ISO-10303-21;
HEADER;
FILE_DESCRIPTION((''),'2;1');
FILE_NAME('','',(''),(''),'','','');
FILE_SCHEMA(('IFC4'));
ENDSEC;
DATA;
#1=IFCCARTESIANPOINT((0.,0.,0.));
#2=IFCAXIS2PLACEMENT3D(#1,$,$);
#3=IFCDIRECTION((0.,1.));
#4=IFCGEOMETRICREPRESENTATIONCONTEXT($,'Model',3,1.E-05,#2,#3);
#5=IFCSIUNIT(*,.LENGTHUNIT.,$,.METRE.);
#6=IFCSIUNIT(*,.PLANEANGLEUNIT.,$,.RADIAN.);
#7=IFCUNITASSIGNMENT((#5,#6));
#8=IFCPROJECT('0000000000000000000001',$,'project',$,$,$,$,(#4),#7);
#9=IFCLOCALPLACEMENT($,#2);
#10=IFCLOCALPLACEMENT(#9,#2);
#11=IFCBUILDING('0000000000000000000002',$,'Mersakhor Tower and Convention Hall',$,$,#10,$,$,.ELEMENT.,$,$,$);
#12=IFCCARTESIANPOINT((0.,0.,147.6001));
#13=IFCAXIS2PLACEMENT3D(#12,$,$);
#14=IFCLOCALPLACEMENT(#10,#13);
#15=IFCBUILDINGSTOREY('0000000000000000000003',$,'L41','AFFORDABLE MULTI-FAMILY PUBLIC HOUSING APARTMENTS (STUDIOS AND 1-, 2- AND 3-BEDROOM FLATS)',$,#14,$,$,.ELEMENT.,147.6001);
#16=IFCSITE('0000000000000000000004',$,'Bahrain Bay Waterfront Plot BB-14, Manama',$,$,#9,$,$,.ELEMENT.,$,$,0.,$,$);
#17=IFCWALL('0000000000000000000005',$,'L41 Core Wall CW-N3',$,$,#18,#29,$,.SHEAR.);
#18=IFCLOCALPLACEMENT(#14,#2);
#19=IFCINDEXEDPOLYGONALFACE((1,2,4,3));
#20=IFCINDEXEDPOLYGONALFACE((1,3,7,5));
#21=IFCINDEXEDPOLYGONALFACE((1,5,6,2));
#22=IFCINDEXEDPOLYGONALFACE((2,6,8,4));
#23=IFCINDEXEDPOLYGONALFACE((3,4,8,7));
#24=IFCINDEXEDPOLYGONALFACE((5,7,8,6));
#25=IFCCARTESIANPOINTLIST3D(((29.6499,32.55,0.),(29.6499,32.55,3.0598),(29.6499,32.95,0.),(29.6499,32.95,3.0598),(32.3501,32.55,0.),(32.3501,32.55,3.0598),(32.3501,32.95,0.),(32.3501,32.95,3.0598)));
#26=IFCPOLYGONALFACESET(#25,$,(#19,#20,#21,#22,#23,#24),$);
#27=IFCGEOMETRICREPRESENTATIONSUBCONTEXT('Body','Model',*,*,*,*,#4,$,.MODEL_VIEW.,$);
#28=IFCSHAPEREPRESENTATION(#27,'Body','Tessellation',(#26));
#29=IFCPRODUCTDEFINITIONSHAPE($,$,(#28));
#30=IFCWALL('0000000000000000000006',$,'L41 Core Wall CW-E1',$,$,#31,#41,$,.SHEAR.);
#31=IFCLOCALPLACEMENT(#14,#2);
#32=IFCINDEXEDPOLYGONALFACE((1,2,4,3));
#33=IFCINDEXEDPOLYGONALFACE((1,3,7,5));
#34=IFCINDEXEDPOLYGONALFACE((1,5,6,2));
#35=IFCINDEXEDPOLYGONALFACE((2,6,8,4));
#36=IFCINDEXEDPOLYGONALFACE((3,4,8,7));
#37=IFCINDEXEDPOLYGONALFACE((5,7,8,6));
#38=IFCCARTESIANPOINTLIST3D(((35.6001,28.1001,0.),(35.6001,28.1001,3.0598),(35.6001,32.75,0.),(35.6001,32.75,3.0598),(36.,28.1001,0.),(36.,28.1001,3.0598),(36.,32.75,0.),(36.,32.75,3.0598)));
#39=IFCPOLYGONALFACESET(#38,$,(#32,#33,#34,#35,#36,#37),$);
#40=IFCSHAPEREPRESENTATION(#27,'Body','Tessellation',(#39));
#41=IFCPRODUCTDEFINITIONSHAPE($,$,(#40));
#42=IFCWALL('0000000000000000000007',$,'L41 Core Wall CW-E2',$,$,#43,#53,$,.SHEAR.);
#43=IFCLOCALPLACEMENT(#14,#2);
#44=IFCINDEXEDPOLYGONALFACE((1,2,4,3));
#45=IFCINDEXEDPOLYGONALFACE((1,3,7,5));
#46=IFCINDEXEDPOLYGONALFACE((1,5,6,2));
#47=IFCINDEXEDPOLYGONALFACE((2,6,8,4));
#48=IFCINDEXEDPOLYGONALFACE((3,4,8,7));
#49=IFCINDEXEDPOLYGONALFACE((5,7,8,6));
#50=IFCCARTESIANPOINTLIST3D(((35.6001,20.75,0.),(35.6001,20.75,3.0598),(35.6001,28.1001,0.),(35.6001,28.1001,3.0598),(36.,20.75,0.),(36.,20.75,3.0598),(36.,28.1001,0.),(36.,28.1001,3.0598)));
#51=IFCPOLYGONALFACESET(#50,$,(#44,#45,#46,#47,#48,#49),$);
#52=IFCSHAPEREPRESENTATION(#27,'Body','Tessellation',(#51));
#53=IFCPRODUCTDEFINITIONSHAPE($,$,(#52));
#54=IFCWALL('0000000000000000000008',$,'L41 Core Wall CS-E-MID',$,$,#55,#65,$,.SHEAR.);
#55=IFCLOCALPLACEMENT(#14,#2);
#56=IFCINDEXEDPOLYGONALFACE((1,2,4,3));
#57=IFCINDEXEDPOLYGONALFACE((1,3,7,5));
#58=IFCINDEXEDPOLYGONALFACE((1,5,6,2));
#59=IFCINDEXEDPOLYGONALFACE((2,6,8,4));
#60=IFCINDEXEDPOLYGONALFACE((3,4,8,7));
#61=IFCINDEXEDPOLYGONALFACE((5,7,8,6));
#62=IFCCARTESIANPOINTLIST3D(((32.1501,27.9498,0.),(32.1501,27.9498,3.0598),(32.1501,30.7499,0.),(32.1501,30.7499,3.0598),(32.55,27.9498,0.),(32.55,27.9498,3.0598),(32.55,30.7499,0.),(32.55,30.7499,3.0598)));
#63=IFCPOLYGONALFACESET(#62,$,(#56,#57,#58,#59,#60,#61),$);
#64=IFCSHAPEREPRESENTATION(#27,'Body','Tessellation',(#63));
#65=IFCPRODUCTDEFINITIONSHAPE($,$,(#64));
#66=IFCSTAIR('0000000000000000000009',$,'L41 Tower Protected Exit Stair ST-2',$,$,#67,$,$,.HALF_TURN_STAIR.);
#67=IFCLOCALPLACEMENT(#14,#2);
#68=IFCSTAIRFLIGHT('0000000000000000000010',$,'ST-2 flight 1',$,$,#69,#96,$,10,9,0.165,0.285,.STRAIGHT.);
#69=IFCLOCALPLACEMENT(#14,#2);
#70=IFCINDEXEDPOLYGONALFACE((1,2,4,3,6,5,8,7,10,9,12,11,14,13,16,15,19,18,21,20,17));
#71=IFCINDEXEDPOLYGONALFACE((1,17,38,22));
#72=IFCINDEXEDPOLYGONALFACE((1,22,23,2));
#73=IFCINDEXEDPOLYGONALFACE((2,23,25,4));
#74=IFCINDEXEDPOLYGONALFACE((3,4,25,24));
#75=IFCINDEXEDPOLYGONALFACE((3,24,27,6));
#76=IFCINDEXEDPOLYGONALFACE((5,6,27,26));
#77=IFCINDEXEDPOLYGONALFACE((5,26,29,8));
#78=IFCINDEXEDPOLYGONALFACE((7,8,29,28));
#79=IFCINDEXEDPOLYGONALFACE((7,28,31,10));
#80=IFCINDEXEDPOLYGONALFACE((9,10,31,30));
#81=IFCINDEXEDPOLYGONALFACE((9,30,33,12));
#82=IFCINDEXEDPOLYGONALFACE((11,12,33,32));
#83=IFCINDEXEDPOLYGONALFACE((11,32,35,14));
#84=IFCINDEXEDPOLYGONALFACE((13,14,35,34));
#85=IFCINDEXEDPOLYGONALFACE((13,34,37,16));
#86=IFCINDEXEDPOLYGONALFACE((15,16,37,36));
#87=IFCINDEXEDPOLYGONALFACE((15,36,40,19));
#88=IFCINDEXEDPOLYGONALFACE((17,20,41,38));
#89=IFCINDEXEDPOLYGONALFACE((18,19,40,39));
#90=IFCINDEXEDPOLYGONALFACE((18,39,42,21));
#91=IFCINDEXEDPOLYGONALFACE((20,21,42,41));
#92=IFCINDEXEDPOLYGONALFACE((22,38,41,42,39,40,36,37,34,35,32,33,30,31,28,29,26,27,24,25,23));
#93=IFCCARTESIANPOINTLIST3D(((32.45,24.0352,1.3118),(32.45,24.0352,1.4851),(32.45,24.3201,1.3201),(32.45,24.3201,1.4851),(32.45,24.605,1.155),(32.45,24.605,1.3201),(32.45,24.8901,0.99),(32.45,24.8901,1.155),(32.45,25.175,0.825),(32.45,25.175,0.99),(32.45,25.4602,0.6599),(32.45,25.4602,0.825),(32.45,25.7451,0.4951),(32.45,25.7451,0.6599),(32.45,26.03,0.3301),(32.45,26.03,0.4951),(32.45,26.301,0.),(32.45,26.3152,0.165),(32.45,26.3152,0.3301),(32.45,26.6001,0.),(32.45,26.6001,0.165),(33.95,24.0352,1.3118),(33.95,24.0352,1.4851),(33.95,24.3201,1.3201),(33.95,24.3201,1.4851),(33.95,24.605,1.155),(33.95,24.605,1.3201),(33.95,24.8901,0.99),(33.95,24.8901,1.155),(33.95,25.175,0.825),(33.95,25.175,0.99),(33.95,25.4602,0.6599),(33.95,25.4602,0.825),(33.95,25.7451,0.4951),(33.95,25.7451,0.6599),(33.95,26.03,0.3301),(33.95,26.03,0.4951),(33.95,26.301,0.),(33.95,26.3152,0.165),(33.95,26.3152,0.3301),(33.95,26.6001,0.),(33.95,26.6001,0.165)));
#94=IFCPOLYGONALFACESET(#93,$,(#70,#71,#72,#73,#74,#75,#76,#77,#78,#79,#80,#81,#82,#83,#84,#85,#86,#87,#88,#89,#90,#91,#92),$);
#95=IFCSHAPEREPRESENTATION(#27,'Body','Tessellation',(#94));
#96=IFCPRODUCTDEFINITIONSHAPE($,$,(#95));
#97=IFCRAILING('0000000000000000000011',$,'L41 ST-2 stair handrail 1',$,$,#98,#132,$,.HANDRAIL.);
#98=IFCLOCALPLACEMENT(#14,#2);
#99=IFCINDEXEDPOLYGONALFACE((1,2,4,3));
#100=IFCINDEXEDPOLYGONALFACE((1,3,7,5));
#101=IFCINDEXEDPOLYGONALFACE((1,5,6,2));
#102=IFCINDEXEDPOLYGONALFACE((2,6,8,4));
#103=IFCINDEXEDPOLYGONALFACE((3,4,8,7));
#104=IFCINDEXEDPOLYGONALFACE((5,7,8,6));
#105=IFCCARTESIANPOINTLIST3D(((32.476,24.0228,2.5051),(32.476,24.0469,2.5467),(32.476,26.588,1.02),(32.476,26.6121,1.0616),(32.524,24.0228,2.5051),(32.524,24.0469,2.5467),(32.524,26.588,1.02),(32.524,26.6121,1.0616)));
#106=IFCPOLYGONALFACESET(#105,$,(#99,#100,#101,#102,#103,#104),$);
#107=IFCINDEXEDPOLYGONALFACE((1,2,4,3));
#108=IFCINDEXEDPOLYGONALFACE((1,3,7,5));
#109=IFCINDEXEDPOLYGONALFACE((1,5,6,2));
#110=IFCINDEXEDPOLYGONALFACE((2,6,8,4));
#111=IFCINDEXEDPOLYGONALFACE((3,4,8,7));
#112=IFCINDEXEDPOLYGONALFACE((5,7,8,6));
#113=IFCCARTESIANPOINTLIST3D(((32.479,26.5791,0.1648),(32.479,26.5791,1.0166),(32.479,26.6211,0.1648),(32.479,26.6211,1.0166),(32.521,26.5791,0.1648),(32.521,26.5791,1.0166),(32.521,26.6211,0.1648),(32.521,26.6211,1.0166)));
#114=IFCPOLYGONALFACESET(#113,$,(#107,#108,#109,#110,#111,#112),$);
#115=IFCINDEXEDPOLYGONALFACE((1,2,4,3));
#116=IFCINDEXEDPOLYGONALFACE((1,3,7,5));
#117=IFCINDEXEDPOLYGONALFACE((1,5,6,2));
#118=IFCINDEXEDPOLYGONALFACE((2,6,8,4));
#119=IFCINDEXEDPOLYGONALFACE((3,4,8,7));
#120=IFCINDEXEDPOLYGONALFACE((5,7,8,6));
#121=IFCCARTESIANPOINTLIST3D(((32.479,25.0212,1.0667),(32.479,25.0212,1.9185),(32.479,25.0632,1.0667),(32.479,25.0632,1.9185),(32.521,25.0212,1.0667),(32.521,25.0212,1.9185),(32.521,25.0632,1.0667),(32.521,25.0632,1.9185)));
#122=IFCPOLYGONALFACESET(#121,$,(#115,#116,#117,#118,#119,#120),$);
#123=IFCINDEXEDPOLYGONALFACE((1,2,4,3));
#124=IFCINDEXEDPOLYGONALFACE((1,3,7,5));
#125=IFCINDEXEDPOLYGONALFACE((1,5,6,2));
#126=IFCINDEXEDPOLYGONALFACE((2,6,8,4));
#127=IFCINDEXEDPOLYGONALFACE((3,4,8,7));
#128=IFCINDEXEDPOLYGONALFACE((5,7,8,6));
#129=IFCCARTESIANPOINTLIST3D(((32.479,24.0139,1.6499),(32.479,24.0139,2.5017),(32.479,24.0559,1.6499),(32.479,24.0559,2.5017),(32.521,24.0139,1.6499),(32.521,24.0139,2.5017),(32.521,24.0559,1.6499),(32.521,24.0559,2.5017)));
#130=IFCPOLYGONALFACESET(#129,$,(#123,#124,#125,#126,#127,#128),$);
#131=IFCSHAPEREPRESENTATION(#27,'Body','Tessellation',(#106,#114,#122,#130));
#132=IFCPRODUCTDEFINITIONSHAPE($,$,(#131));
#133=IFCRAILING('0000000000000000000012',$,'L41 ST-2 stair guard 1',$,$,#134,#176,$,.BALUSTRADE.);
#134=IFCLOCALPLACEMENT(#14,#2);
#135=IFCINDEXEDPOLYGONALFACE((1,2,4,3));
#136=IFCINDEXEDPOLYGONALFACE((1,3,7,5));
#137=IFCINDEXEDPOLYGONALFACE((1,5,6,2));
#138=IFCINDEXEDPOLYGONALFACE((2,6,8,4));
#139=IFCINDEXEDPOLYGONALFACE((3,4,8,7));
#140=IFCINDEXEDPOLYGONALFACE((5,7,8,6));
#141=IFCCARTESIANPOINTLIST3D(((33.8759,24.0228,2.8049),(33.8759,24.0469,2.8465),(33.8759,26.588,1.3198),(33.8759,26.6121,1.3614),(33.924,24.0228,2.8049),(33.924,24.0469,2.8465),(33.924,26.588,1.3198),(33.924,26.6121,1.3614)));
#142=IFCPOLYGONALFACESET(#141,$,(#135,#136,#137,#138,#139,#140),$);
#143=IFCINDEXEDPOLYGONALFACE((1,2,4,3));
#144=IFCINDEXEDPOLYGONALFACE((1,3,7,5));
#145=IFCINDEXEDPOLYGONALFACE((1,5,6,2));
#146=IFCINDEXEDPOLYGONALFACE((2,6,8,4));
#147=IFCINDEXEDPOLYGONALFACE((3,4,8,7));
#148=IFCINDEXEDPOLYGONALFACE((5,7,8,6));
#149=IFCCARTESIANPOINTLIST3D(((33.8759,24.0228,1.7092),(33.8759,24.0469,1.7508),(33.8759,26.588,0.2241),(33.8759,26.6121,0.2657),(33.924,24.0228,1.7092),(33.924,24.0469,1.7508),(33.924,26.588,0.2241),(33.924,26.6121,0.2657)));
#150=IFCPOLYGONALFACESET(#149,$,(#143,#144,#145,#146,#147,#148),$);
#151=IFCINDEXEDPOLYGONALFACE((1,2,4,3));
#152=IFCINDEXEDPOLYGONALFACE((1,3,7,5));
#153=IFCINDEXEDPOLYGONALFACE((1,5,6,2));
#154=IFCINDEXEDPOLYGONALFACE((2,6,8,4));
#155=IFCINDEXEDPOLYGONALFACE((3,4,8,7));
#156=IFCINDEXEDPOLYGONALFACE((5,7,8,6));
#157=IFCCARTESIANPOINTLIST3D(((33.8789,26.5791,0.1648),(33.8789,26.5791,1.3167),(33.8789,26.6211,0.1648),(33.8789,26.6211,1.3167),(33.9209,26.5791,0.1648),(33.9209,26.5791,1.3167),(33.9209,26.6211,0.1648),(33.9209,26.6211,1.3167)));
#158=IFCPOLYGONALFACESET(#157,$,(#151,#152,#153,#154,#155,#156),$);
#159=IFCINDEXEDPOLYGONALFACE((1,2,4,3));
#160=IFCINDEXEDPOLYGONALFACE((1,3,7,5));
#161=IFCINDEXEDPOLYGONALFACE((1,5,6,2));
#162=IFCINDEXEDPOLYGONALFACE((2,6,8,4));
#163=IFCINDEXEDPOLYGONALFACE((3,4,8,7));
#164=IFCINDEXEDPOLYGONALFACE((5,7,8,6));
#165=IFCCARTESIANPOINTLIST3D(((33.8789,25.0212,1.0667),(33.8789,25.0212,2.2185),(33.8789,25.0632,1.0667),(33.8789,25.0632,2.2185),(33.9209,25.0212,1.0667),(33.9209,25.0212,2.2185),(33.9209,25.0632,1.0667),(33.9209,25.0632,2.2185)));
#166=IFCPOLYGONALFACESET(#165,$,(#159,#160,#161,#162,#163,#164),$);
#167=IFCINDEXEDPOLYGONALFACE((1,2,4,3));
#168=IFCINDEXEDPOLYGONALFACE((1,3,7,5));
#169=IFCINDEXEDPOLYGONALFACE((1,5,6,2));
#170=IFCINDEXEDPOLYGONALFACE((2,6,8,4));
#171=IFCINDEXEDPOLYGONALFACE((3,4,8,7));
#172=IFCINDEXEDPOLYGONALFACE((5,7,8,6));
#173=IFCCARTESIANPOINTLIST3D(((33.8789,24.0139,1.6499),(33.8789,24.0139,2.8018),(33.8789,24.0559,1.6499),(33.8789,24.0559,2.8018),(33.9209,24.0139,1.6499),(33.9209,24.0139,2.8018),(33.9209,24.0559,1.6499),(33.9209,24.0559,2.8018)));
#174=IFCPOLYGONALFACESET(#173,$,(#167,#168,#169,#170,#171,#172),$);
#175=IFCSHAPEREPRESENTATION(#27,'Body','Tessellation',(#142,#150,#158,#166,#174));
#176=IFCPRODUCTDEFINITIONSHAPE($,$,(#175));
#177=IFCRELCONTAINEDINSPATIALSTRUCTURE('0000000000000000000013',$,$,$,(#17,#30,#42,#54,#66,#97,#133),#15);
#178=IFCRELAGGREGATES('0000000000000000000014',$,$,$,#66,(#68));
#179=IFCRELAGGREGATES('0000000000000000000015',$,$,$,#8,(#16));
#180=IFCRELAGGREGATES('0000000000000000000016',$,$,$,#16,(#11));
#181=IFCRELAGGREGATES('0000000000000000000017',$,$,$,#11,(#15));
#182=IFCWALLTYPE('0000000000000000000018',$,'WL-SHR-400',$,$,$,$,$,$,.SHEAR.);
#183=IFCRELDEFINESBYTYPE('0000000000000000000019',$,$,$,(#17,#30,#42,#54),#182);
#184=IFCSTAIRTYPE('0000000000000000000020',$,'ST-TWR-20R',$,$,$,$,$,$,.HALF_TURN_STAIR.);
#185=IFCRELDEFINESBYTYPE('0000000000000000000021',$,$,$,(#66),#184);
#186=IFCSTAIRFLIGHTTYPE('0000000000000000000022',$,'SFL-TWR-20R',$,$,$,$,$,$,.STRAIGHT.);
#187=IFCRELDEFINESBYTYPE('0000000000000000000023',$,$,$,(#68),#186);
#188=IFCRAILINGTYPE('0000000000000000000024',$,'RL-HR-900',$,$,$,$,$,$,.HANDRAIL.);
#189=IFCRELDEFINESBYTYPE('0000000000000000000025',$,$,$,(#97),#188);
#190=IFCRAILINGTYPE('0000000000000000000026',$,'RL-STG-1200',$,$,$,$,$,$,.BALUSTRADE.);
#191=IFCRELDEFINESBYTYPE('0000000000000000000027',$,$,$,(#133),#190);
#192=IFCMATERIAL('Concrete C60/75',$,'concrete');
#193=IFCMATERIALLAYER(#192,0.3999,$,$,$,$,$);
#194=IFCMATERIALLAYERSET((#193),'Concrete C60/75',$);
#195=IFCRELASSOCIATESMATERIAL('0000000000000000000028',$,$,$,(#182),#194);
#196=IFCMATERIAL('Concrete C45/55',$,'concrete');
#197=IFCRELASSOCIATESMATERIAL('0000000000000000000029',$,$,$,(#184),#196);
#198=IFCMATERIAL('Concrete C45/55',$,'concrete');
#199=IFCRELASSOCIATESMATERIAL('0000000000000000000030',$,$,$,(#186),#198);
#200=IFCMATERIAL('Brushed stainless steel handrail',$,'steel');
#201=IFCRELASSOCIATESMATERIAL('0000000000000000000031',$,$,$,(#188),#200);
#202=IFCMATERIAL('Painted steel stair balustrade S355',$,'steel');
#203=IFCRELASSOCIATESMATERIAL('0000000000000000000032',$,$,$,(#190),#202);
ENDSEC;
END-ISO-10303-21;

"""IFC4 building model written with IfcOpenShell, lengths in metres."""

from ifc_helpers import new_model, si_unit, direction, frame, frame_2d, origin, origin_2d, place, context, subcontext, project, spatial, polyline, rectangle, outline, extrude, material, layer, layer_set, type_object, element, aggregate, save


model = new_model("IFC4")

# Units and contexts
model_context = context("Model", 3, precision=1e-05, world=origin(), true_north=direction((0.0, 1.0)))
body_context = subcontext(model_context, "Body", "Model", "MODEL_VIEW")
ifc_project = project(units=[si_unit("LENGTHUNIT", "METRE"), si_unit("PLANEANGLEUNIT", "RADIAN")], contexts=[model_context])

# Site, building, storey
site_placement = place(None, origin())
site = spatial("IfcSite", under=ifc_project, at=site_placement, Name="Bahrain Bay Waterfront Plot BB-14, Manama", CompositionType="ELEMENT", RefElevation=0.0)
building_placement = place(site_placement, origin())
building = spatial("IfcBuilding", under=site, at=building_placement, Name="Mersakhor Tower and Convention Hall", CompositionType="ELEMENT")
storey_placement = place(building_placement, frame((0.0, 0.0, 147.6001)))
storey = spatial("IfcBuildingStorey", under=building, at=storey_placement, Name="L41", Description="AFFORDABLE MULTI-FAMILY PUBLIC HOUSING APARTMENTS (STUDIOS AND 1-, 2- AND 3-BEDROOM FLATS)", CompositionType="ELEMENT", Elevation=147.6001)

# Wall
ifc_material_1 = material(Name="Concrete C60/75", Category="concrete")
ifc_layer_1 = layer(ifc_material_1, 0.3999)
ifc_layer_set_1 = layer_set([ifc_layer_1], Name="Concrete C60/75")
wall_type_1 = type_object("IfcWallType", Name="WL-SHR-400", PredefinedType="SHEAR", material=ifc_layer_set_1)
wall_1_placement = place(storey_placement, frame((29.6499, 32.75, 0.0), z_axis=(0.0, 0.0, 1.0), x_axis=(1.0, 0.0, 0.0)))
element("IfcWall", 1, at=wall_1_placement, inside=storey, type_object=wall_type_1, Name="L41 Core Wall CW-N3", PredefinedType="SHEAR", context=body_context, shape_type="SweptSolid", body=[
    extrude(rectangle(XDim=2.7002, YDim=0.3999, at=frame_2d((1.3501, 0.0))), origin(), (0.0, 0.0, 1.0), 3.0598),
])

# Walls
wall_2_placement = place(storey_placement, frame((35.8, 32.75, 0.0), z_axis=(0.0, 0.0, 1.0), x_axis=(0.0, -1.0, 0.0)))
element("IfcWall", 2, at=wall_2_placement, inside=storey, type_object=wall_type_1, Name="L41 Core Wall CW-E1", PredefinedType="SHEAR", context=body_context, shape_type="SweptSolid", body=[
    extrude(rectangle(XDim=4.6499, YDim=0.3999, at=frame_2d((2.325, 0.0))), origin(), (0.0, 0.0, 1.0), 3.0598),
])
wall_3_placement = place(storey_placement, frame((35.8, 28.1001, 0.0), z_axis=(0.0, 0.0, 1.0), x_axis=(0.0, -1.0, 0.0)))
element("IfcWall", 3, at=wall_3_placement, inside=storey, type_object=wall_type_1, Name="L41 Core Wall CW-E2", PredefinedType="SHEAR", context=body_context, shape_type="SweptSolid", body=[
    extrude(rectangle(XDim=7.3501, YDim=0.3999, at=frame_2d((3.675, 0.0))), origin(), (0.0, 0.0, 1.0), 3.0598),
])
wall_4_placement = place(storey_placement, frame((32.3501, 27.95, 0.0), z_axis=(0.0, 0.0, 1.0), x_axis=(0.0, 1.0, 0.0)))
element("IfcWall", 4, at=wall_4_placement, inside=storey, type_object=wall_type_1, Name="L41 Core Wall CS-E-MID", PredefinedType="SHEAR", context=body_context, shape_type="SweptSolid", body=[
    extrude(rectangle(XDim=2.8, YDim=0.3999, at=frame_2d((1.3999, 0.0))), origin(), (0.0, 0.0, 1.0), 3.0598),
])

# Stair, stair flight
ifc_material_2 = material(Name="Concrete C45/55", Category="concrete")
stair_type = type_object("IfcStairType", Name="ST-TWR-20R", PredefinedType="HALF_TURN_STAIR", material=ifc_material_2)
stair_placement = place(storey_placement, origin())
stair = element("IfcStair", 5, at=stair_placement, inside=storey, type_object=stair_type, Name="L41 Tower Protected Exit Stair ST-2", PredefinedType="HALF_TURN_STAIR")
ifc_material_3 = material(Name="Concrete C45/55", Category="concrete")
stair_flight_type = type_object("IfcStairFlightType", Name="SFL-TWR-20R", PredefinedType="STRAIGHT", material=ifc_material_3)
stair_flight_placement = place(storey_placement, frame((33.2, 26.6001, 0.0), z_axis=(0.0, 0.0, 1.0), x_axis=(0.0, -1.0, 0.0)))
stair_flight = element("IfcStairFlight", 6, at=stair_flight_placement, type_object=stair_flight_type, Name="ST-2 flight 1", NumberOfRisers=10, NumberOfTreads=9, PredefinedType="STRAIGHT", RiserHeight=0.165, TreadLength=0.285, context=body_context, shape_type="SweptSolid", body=[
    extrude(outline(polyline([(0.0, 0.0), (0.0, 0.165), (0.2849, 0.165), (0.2849, 0.3301), (0.5701, 0.3301), (0.5701, 0.4951), (0.855, 0.4951), (0.855, 0.6599), (1.1399, 0.6599), (1.1399, 0.825), (1.425, 0.825), (1.425, 0.99), (1.71, 0.99), (1.71, 1.155), (1.9951, 1.155), (1.9951, 1.3201), (2.28, 1.3201), (2.28, 1.4851), (2.5649, 1.4851), (2.5649, 1.6499), (2.5649, 1.3118), (0.2991, 0.0), (0.0, 0.0)])), frame((0.0, 0.75, 0.0), z_axis=(0.0, -1.0, 0.0), x_axis=(1.0, 0.0, 0.0)), (0.0, 0.0, 1.0), 1.5),
])
aggregate(stair, [stair_flight])

# Railings
ifc_material_4 = material(Name="Brushed stainless steel handrail", Category="steel")
railing_type_1 = type_object("IfcRailingType", Name="RL-HR-900", PredefinedType="HANDRAIL", material=ifc_material_4)
railing_1_placement = place(storey_placement, frame((32.5, 26.6001, 0.1648)))
element("IfcRailing", 7, at=railing_1_placement, inside=storey, type_object=railing_type_1, Name="L41 ST-2 stair handrail 1", PredefinedType="HANDRAIL", context=body_context, shape_type="SweptSolid", body=[
    extrude(rectangle(XDim=0.0481, YDim=0.0481, at=origin_2d()), frame((0.0, 0.0, 0.876), z_axis=(0.0, -0.865426, 0.501036), x_axis=(1.0, 0.0, 0.0)), (0.0, 0.0, 1.0), 2.9641),
    extrude(rectangle(XDim=0.042, YDim=0.042, at=origin_2d()), origin(), (0.0, 0.0, 1.0), 0.8518),
    extrude(rectangle(XDim=0.042, YDim=0.042, at=origin_2d()), frame((0.0, -1.5579, 0.9019)), (0.0, 0.0, 1.0), 0.8518),
    extrude(rectangle(XDim=0.042, YDim=0.042, at=origin_2d()), frame((0.0, -2.5652, 1.4851)), (0.0, 0.0, 1.0), 0.8518),
])
ifc_material_5 = material(Name="Painted steel stair balustrade S355", Category="steel")
railing_type_2 = type_object("IfcRailingType", Name="RL-STG-1200", PredefinedType="BALUSTRADE", material=ifc_material_5)
railing_2_placement = place(storey_placement, frame((33.8999, 26.6001, 0.1648)))
element("IfcRailing", 8, at=railing_2_placement, inside=storey, type_object=railing_type_2, Name="L41 ST-2 stair guard 1", PredefinedType="BALUSTRADE", context=body_context, shape_type="SweptSolid", body=[
    extrude(rectangle(XDim=0.0481, YDim=0.0481, at=origin_2d()), frame((0.0, 0.0, 1.1758), z_axis=(0.0, -0.865426, 0.501036), x_axis=(1.0, 0.0, 0.0)), (0.0, 0.0, 1.0), 2.9641),
    extrude(rectangle(XDim=0.0481, YDim=0.0481, at=origin_2d()), frame((0.0, 0.0, 0.0801), z_axis=(0.0, -0.865426, 0.501036), x_axis=(1.0, 0.0, 0.0)), (0.0, 0.0, 1.0), 2.9641),
    extrude(rectangle(XDim=0.042, YDim=0.042, at=origin_2d()), origin(), (0.0, 0.0, 1.0), 1.1519),
    extrude(rectangle(XDim=0.042, YDim=0.042, at=origin_2d()), frame((0.0, -1.5579, 0.9019)), (0.0, 0.0, 1.0), 1.1519),
    extrude(rectangle(XDim=0.042, YDim=0.042, at=origin_2d()), frame((0.0, -2.5652, 1.4851)), (0.0, 0.0, 1.0), 1.1519),
])

save(model, "model.ifc")
